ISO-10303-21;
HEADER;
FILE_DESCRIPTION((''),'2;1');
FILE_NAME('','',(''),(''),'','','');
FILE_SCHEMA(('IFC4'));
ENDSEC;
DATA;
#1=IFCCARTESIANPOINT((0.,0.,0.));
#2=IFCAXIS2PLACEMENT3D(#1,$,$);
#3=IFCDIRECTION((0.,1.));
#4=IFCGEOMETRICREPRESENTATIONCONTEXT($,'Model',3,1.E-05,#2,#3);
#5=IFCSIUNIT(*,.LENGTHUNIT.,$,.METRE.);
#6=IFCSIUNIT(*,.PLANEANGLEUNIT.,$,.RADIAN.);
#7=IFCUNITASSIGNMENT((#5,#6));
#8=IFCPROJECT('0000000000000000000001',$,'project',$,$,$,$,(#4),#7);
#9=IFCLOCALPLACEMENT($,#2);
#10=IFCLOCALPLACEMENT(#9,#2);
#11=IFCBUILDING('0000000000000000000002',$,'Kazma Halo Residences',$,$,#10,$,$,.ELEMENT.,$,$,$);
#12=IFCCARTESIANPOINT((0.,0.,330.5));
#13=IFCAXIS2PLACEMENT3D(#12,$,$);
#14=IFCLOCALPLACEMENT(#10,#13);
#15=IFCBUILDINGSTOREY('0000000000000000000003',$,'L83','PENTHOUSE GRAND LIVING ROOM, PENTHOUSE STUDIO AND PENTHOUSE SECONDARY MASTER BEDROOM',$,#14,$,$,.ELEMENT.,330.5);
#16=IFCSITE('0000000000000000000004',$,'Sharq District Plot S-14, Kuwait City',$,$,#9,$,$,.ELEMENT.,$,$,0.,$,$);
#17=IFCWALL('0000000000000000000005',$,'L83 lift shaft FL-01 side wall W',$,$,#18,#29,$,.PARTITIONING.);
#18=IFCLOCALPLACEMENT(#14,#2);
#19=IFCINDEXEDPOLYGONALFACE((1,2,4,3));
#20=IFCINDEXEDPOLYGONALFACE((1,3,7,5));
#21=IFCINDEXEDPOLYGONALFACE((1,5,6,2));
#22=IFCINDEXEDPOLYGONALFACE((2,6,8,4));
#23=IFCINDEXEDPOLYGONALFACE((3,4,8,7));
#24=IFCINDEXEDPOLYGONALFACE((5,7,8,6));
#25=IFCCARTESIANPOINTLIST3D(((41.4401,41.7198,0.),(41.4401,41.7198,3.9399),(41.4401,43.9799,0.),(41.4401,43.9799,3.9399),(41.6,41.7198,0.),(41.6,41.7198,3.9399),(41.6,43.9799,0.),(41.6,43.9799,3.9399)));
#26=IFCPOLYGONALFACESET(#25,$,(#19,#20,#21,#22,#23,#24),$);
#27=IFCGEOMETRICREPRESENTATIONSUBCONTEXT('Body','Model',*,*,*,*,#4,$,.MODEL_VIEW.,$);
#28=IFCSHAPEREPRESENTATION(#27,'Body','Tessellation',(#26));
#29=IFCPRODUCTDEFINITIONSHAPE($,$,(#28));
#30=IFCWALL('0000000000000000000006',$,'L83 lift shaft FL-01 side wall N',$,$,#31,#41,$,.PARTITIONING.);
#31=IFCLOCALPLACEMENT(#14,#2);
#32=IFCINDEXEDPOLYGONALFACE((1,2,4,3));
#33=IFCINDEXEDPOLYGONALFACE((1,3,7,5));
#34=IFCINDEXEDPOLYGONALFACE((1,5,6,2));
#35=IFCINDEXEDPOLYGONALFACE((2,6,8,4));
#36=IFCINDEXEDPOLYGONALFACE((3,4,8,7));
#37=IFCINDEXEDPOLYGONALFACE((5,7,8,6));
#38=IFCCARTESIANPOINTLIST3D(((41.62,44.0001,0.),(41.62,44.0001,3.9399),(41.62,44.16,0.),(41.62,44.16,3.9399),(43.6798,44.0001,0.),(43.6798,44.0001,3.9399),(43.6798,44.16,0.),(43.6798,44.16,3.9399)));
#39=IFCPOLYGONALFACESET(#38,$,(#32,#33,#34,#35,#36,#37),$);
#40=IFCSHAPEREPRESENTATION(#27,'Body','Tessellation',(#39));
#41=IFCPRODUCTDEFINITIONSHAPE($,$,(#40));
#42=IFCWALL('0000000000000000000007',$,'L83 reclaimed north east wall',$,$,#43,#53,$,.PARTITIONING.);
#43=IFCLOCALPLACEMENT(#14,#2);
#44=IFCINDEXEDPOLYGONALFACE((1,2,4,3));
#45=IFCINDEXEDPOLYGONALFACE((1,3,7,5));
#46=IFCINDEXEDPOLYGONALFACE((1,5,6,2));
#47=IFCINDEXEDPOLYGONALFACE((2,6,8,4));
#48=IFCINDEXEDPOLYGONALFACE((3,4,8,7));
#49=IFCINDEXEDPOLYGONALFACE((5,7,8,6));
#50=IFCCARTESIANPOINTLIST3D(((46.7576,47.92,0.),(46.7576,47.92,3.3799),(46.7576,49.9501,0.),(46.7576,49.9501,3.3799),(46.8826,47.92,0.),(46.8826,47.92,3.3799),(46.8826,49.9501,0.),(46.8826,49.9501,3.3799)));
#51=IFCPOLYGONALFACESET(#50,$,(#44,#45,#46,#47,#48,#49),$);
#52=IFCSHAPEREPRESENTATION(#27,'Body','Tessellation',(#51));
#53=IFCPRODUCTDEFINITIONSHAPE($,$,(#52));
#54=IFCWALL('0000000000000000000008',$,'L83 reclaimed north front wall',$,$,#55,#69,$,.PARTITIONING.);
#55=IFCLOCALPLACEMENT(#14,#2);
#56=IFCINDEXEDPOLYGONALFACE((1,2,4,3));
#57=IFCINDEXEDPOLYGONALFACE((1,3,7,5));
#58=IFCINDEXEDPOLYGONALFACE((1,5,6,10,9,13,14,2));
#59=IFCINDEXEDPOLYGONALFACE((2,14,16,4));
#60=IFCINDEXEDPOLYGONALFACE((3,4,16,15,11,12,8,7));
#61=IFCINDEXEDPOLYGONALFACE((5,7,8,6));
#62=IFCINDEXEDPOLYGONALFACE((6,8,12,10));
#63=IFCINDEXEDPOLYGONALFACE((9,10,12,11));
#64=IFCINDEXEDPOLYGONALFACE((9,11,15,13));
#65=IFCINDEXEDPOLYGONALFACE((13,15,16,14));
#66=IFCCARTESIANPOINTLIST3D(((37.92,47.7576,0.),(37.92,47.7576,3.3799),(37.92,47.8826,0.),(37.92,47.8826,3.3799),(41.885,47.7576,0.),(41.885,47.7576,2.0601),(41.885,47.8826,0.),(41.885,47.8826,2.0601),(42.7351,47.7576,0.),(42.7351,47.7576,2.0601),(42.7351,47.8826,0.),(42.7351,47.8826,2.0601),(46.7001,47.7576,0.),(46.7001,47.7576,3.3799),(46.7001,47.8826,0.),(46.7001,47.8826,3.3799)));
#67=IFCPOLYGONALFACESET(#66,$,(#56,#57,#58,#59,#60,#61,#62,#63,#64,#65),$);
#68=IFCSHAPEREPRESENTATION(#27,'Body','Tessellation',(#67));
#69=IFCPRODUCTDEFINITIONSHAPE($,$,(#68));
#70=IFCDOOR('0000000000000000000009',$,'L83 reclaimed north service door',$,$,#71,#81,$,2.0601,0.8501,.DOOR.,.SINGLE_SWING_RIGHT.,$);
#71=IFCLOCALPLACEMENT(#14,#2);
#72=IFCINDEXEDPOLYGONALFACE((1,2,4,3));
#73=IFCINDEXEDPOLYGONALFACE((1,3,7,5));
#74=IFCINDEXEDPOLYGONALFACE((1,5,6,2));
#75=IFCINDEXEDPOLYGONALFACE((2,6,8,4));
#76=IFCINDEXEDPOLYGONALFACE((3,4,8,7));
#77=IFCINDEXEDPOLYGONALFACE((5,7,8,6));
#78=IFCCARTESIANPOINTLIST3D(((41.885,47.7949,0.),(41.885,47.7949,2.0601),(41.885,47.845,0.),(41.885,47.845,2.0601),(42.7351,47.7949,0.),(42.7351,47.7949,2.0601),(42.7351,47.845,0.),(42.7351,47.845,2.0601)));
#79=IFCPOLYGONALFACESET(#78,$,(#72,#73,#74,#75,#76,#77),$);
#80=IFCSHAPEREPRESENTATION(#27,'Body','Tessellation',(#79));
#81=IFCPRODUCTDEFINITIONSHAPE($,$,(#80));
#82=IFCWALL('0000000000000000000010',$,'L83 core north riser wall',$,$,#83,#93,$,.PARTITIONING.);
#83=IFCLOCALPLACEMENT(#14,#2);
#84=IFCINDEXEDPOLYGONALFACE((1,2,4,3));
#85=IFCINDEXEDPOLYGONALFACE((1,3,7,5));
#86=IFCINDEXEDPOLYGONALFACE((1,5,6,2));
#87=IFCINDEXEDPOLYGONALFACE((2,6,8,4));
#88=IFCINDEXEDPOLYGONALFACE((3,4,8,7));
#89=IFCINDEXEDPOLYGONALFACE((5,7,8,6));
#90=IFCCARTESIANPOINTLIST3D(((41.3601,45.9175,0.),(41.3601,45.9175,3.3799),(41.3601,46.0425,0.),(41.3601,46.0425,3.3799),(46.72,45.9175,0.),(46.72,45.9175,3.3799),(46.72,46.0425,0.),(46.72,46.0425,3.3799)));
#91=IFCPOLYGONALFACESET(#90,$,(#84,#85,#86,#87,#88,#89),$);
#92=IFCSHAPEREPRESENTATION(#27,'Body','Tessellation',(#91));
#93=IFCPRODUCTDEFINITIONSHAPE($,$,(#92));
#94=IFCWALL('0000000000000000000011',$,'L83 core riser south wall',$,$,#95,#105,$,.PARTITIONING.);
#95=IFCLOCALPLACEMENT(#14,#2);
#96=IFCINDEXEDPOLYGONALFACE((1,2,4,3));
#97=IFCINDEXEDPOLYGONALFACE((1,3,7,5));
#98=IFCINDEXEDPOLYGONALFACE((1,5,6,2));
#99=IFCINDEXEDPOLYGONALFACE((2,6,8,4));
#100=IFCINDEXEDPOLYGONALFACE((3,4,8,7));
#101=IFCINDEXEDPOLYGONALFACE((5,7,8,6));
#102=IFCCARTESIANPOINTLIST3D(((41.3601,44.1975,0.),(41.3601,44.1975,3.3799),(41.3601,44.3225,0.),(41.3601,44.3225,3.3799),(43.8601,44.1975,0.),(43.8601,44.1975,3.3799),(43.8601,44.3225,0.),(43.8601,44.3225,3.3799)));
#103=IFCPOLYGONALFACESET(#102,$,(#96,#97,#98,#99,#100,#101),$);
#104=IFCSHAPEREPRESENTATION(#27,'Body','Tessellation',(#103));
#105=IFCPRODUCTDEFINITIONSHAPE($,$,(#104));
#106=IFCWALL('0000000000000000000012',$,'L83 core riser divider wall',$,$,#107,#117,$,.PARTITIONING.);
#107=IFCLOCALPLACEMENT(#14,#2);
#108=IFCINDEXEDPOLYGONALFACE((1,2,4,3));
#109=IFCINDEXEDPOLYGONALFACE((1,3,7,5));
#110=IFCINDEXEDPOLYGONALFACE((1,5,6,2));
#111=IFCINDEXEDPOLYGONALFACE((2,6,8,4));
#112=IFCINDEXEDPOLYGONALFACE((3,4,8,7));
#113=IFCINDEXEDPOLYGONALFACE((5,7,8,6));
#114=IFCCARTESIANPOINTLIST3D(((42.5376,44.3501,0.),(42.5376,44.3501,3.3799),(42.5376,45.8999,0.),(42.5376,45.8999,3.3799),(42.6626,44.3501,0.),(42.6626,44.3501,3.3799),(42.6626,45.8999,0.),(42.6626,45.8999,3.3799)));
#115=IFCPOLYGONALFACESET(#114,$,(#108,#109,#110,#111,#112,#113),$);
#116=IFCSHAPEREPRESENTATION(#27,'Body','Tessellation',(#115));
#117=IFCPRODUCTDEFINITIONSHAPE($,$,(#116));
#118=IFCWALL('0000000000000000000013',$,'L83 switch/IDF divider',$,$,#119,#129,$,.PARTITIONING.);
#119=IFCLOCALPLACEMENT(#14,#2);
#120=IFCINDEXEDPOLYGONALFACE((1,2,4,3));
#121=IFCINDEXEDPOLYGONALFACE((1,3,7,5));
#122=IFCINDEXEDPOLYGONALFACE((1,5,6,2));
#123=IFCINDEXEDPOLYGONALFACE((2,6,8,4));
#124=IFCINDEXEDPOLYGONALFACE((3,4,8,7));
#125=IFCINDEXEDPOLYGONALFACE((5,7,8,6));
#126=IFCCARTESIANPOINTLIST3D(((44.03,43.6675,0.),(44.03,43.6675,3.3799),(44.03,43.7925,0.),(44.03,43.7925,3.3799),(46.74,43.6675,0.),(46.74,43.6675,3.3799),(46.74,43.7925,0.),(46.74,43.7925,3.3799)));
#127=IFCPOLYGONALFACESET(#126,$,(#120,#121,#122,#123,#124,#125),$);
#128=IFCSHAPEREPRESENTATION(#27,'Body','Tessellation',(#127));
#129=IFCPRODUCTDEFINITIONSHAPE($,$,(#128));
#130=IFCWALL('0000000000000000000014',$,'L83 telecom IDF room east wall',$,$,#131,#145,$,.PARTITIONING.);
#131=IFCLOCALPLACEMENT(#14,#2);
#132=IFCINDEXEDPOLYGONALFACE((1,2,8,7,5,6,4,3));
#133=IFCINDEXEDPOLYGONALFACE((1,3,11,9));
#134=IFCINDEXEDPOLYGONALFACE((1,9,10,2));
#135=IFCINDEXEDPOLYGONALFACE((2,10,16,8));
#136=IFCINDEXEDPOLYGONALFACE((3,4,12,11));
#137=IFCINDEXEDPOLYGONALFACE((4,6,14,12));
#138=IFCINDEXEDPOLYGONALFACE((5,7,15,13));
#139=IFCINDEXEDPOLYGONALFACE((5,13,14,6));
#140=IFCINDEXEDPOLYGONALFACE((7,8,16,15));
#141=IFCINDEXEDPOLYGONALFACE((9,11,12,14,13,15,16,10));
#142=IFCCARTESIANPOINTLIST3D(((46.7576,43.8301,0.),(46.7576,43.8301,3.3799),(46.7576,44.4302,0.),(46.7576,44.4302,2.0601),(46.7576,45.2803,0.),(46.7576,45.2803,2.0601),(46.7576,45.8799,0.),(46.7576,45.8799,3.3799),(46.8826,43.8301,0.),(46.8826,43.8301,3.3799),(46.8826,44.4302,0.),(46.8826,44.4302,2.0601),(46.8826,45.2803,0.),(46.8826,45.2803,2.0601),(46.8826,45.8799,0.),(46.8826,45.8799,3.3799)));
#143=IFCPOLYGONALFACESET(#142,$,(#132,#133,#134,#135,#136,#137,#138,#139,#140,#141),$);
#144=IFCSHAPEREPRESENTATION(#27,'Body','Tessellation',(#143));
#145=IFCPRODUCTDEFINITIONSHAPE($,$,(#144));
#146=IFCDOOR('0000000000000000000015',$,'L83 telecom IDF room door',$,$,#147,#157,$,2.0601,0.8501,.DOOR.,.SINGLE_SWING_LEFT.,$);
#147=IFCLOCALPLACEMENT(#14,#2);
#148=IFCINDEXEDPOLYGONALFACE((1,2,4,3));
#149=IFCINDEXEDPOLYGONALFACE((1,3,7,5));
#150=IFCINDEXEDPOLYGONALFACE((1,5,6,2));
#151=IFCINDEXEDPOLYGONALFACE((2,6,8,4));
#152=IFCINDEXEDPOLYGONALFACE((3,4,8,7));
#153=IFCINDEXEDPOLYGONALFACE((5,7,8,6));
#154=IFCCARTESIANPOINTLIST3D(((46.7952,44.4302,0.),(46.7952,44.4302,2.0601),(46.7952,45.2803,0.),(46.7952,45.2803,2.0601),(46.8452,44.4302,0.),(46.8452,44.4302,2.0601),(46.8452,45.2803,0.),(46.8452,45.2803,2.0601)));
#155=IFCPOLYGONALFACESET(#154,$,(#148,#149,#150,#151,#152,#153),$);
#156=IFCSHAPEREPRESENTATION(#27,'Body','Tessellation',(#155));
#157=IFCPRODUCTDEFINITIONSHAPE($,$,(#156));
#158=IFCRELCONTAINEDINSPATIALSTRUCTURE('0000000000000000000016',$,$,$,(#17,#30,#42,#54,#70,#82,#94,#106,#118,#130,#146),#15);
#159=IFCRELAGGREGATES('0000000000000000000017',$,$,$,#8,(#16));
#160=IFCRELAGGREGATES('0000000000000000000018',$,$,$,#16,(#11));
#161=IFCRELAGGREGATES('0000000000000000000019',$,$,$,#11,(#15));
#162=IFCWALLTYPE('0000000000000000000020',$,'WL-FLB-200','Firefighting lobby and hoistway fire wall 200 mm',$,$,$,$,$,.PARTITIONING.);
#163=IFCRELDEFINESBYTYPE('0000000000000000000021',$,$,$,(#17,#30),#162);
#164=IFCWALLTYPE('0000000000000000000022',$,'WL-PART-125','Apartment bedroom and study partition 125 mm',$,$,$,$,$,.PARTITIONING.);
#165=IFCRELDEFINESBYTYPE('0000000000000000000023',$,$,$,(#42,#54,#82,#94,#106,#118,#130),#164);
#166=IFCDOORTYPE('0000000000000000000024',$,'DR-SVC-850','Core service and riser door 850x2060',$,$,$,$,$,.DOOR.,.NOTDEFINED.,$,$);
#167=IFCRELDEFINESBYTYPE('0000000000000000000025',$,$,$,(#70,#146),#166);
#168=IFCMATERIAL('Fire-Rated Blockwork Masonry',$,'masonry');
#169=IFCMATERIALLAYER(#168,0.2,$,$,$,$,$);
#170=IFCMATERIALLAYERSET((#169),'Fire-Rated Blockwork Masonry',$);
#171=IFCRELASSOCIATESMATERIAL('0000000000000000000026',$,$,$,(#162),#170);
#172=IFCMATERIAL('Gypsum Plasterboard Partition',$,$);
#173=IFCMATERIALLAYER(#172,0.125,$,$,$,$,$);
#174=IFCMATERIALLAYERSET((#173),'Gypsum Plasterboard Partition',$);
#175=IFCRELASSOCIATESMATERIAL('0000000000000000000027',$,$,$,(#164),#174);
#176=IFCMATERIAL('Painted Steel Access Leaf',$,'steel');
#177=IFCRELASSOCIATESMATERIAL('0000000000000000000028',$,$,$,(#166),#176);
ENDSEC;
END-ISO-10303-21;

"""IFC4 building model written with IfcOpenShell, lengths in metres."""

from ifc_helpers import new_model, si_unit, direction, frame, frame_2d, origin, place, context, subcontext, project, spatial, rectangle, extrude, material, layer, layer_set, type_object, element, fill, save


model = new_model("IFC4")

# Units and contexts
model_context = context("Model", 3, precision=1e-05, world=origin(), true_north=direction((0.0, 1.0)))
body_context = subcontext(model_context, "Body", "Model", "MODEL_VIEW")
ifc_project = project(units=[si_unit("LENGTHUNIT", "METRE"), si_unit("PLANEANGLEUNIT", "RADIAN")], contexts=[model_context])

# Site, building, storey
site_placement = place(None, origin())
site = spatial("IfcSite", under=ifc_project, at=site_placement, Name="Sharq District Plot S-14, Kuwait City", CompositionType="ELEMENT", RefElevation=0.0)
building_placement = place(site_placement, origin())
building = spatial("IfcBuilding", under=site, at=building_placement, Name="Kazma Halo Residences", CompositionType="ELEMENT")
storey_placement = place(building_placement, frame((0.0, 0.0, 330.5)))
storey = spatial("IfcBuildingStorey", under=building, at=storey_placement, Name="L83", Description="PENTHOUSE GRAND LIVING ROOM, PENTHOUSE STUDIO AND PENTHOUSE SECONDARY MASTER BEDROOM", CompositionType="ELEMENT", Elevation=330.5)

# Shared definitions
ifc_material_1 = material(Name="Fire-Rated Blockwork Masonry", Category="masonry")
ifc_layer_1 = layer(ifc_material_1, 0.2)
ifc_layer_set_1 = layer_set([ifc_layer_1], Name="Fire-Rated Blockwork Masonry")
wall_type_1 = type_object("IfcWallType", Name="WL-FLB-200", Description="Firefighting lobby and hoistway fire wall 200 mm", PredefinedType="PARTITIONING", material=ifc_layer_set_1)

# Walls
for number, where, z_axis, x_axis, name in (
    (1, (41.52, 41.72, 0.0), (0.0, 0.0, 1.0), (0.0, 1.0, 0.0), "L83 lift shaft FL-01 side wall W"),
):
    element("IfcWall", number, at=place(storey_placement, frame(where, z_axis=z_axis, x_axis=x_axis)), inside=storey, type_object=wall_type_1, Name=name, PredefinedType="PARTITIONING", context=body_context, shape_type="SweptSolid", body=[
        extrude(rectangle(XDim=2.26, YDim=0.1599, at=frame_2d((1.1299, 0.0))), origin(), (0.0, 0.0, 1.0), 3.9399),
    ])
wall_1_placement = place(storey_placement, frame((41.6201, 44.0801, 0.0), z_axis=(0.0, 0.0, 1.0), x_axis=(1.0, 0.0, 0.0)))
element("IfcWall", 2, at=wall_1_placement, inside=storey, type_object=wall_type_1, Name="L83 lift shaft FL-01 side wall N", PredefinedType="PARTITIONING", context=body_context, shape_type="SweptSolid", body=[
    extrude(rectangle(XDim=2.0598, YDim=0.1599, at=frame_2d((1.0298, 0.0))), origin(), (0.0, 0.0, 1.0), 3.9399),
])
ifc_material_2 = material(Name="Gypsum Plasterboard Partition")
ifc_layer_2 = layer(ifc_material_2, 0.125)
ifc_layer_set_2 = layer_set([ifc_layer_2], Name="Gypsum Plasterboard Partition")
wall_type_2 = type_object("IfcWallType", Name="WL-PART-125", Description="Apartment bedroom and study partition 125 mm", PredefinedType="PARTITIONING", material=ifc_layer_set_2)
wall_2_placement = place(storey_placement, frame((46.8201, 47.9199, 0.0), z_axis=(0.0, 0.0, 1.0), x_axis=(0.0, 1.0, 0.0)))
element("IfcWall", 3, at=wall_2_placement, inside=storey, type_object=wall_type_2, Name="L83 reclaimed north east wall", PredefinedType="PARTITIONING", context=body_context, shape_type="SweptSolid", body=[
    extrude(rectangle(XDim=2.03, YDim=0.125, at=frame_2d((1.0151, 0.0))), origin(), (0.0, 0.0, 1.0), 3.3799),
])

# Wall, opening, door
wall_3_placement = place(storey_placement, frame((37.9199, 47.8201, 0.0), z_axis=(0.0, 0.0, 1.0), x_axis=(1.0, 0.0, 0.0)))
wall_3 = element("IfcWall", 4, at=wall_3_placement, inside=storey, type_object=wall_type_2, Name="L83 reclaimed north front wall", PredefinedType="PARTITIONING", context=body_context, shape_type="SweptSolid", body=[
    extrude(rectangle(XDim=8.78, YDim=0.125, at=frame_2d((4.3901, 0.0))), origin(), (0.0, 0.0, 1.0), 3.3799),
])
opening_1_placement = place(wall_3_placement, frame((3.9651, 0.0, 0.0)))
opening_1 = element("IfcOpeningElement", 5, at=opening_1_placement, cuts=wall_3, PredefinedType="OPENING", context=body_context, shape_type="SweptSolid", body=[
    extrude(rectangle(XDim=0.8501, YDim=2.0601, at=frame_2d((0.425, 1.03))), frame((0.0, 0.0725, 0.0), z_axis=(0.0, -1.0, 0.0), x_axis=(1.0, 0.0, 0.0)), (0.0, 0.0, 1.0), 0.145),
])
ifc_material_3 = material(Name="Painted Steel Access Leaf", Category="steel")
door_type_1 = type_object("IfcDoorType", Name="DR-SVC-850", Description="Core service and riser door 850x2060", OperationType="NOTDEFINED", PredefinedType="DOOR", material=ifc_material_3)
door_1_placement = place(opening_1_placement, origin())
door_1 = element("IfcDoor", 6, at=door_1_placement, inside=storey, type_object=door_type_1, Name="L83 reclaimed north service door", OperationType="SINGLE_SWING_RIGHT", OverallHeight=2.0601, OverallWidth=0.8501, PredefinedType="DOOR", context=body_context, shape_type="SweptSolid", body=[
    extrude(rectangle(XDim=0.8501, YDim=2.0601, at=frame_2d((0.425, 1.03))), frame((0.0, 0.0249, 0.0), z_axis=(0.0, -1.0, 0.0), x_axis=(1.0, 0.0, 0.0)), (0.0, 0.0, 1.0), 0.05),
])
fill(opening_1, door_1)

# Walls
wall_4_placement = place(storey_placement, frame((41.3601, 45.98, 0.0), z_axis=(0.0, 0.0, 1.0), x_axis=(1.0, 0.0, 0.0)))
element("IfcWall", 7, at=wall_4_placement, inside=storey, type_object=wall_type_2, Name="L83 core north riser wall", PredefinedType="PARTITIONING", context=body_context, shape_type="SweptSolid", body=[
    extrude(rectangle(XDim=5.3599, YDim=0.125, at=frame_2d((2.6799, 0.0))), origin(), (0.0, 0.0, 1.0), 3.3799),
])
wall_5_placement = place(storey_placement, frame((41.3601, 44.26, 0.0), z_axis=(0.0, 0.0, 1.0), x_axis=(1.0, 0.0, 0.0)))
element("IfcWall", 8, at=wall_5_placement, inside=storey, type_object=wall_type_2, Name="L83 core riser south wall", PredefinedType="PARTITIONING", context=body_context, shape_type="SweptSolid", body=[
    extrude(rectangle(XDim=2.5, YDim=0.125, at=frame_2d((1.25, 0.0))), origin(), (0.0, 0.0, 1.0), 3.3799),
])
wall_6_placement = place(storey_placement, frame((42.6001, 44.3501, 0.0), z_axis=(0.0, 0.0, 1.0), x_axis=(0.0, 1.0, 0.0)))
element("IfcWall", 9, at=wall_6_placement, inside=storey, type_object=wall_type_2, Name="L83 core riser divider wall", PredefinedType="PARTITIONING", context=body_context, shape_type="SweptSolid", body=[
    extrude(rectangle(XDim=1.5498, YDim=0.125, at=frame_2d((0.7749, 0.0))), origin(), (0.0, 0.0, 1.0), 3.3799),
])
wall_7_placement = place(storey_placement, frame((44.03, 43.73, 0.0), z_axis=(0.0, 0.0, 1.0), x_axis=(1.0, 0.0, 0.0)))
element("IfcWall", 10, at=wall_7_placement, inside=storey, type_object=wall_type_2, Name="L83 switch/IDF divider", PredefinedType="PARTITIONING", context=body_context, shape_type="SweptSolid", body=[
    extrude(rectangle(XDim=2.71, YDim=0.125, at=frame_2d((1.355, 0.0))), origin(), (0.0, 0.0, 1.0), 3.3799),
])

# Wall, opening, door
wall_8_placement = place(storey_placement, frame((46.8201, 43.8301, 0.0), z_axis=(0.0, 0.0, 1.0), x_axis=(0.0, 1.0, 0.0)))
wall_8 = element("IfcWall", 11, at=wall_8_placement, inside=storey, type_object=wall_type_2, Name="L83 telecom IDF room east wall", PredefinedType="PARTITIONING", context=body_context, shape_type="SweptSolid", body=[
    extrude(rectangle(XDim=2.0498, YDim=0.125, at=frame_2d((1.0249, 0.0))), origin(), (0.0, 0.0, 1.0), 3.3799),
])
opening_2_placement = place(wall_8_placement, frame((0.6001, 0.0, 0.0)))
opening_2 = element("IfcOpeningElement", 12, at=opening_2_placement, cuts=wall_8, PredefinedType="OPENING", context=body_context, shape_type="SweptSolid", body=[
    extrude(rectangle(XDim=0.8501, YDim=2.0601, at=frame_2d((0.425, 1.03))), frame((0.0, 0.0725, 0.0), z_axis=(0.0, -1.0, 0.0), x_axis=(1.0, 0.0, 0.0)), (0.0, 0.0, 1.0), 0.145),
])
door_2_placement = place(opening_2_placement, origin())
door_2 = element("IfcDoor", 13, at=door_2_placement, inside=storey, type_object=door_type_1, Name="L83 telecom IDF room door", OperationType="SINGLE_SWING_LEFT", OverallHeight=2.0601, OverallWidth=0.8501, PredefinedType="DOOR", context=body_context, shape_type="SweptSolid", body=[
    extrude(rectangle(XDim=0.8501, YDim=2.0601, at=frame_2d((0.425, 1.03))), frame((0.0, 0.0249, 0.0), z_axis=(0.0, -1.0, 0.0), x_axis=(1.0, 0.0, 0.0)), (0.0, 0.0, 1.0), 0.05),
])
fill(opening_2, door_2)

save(model, "model.ifc")
